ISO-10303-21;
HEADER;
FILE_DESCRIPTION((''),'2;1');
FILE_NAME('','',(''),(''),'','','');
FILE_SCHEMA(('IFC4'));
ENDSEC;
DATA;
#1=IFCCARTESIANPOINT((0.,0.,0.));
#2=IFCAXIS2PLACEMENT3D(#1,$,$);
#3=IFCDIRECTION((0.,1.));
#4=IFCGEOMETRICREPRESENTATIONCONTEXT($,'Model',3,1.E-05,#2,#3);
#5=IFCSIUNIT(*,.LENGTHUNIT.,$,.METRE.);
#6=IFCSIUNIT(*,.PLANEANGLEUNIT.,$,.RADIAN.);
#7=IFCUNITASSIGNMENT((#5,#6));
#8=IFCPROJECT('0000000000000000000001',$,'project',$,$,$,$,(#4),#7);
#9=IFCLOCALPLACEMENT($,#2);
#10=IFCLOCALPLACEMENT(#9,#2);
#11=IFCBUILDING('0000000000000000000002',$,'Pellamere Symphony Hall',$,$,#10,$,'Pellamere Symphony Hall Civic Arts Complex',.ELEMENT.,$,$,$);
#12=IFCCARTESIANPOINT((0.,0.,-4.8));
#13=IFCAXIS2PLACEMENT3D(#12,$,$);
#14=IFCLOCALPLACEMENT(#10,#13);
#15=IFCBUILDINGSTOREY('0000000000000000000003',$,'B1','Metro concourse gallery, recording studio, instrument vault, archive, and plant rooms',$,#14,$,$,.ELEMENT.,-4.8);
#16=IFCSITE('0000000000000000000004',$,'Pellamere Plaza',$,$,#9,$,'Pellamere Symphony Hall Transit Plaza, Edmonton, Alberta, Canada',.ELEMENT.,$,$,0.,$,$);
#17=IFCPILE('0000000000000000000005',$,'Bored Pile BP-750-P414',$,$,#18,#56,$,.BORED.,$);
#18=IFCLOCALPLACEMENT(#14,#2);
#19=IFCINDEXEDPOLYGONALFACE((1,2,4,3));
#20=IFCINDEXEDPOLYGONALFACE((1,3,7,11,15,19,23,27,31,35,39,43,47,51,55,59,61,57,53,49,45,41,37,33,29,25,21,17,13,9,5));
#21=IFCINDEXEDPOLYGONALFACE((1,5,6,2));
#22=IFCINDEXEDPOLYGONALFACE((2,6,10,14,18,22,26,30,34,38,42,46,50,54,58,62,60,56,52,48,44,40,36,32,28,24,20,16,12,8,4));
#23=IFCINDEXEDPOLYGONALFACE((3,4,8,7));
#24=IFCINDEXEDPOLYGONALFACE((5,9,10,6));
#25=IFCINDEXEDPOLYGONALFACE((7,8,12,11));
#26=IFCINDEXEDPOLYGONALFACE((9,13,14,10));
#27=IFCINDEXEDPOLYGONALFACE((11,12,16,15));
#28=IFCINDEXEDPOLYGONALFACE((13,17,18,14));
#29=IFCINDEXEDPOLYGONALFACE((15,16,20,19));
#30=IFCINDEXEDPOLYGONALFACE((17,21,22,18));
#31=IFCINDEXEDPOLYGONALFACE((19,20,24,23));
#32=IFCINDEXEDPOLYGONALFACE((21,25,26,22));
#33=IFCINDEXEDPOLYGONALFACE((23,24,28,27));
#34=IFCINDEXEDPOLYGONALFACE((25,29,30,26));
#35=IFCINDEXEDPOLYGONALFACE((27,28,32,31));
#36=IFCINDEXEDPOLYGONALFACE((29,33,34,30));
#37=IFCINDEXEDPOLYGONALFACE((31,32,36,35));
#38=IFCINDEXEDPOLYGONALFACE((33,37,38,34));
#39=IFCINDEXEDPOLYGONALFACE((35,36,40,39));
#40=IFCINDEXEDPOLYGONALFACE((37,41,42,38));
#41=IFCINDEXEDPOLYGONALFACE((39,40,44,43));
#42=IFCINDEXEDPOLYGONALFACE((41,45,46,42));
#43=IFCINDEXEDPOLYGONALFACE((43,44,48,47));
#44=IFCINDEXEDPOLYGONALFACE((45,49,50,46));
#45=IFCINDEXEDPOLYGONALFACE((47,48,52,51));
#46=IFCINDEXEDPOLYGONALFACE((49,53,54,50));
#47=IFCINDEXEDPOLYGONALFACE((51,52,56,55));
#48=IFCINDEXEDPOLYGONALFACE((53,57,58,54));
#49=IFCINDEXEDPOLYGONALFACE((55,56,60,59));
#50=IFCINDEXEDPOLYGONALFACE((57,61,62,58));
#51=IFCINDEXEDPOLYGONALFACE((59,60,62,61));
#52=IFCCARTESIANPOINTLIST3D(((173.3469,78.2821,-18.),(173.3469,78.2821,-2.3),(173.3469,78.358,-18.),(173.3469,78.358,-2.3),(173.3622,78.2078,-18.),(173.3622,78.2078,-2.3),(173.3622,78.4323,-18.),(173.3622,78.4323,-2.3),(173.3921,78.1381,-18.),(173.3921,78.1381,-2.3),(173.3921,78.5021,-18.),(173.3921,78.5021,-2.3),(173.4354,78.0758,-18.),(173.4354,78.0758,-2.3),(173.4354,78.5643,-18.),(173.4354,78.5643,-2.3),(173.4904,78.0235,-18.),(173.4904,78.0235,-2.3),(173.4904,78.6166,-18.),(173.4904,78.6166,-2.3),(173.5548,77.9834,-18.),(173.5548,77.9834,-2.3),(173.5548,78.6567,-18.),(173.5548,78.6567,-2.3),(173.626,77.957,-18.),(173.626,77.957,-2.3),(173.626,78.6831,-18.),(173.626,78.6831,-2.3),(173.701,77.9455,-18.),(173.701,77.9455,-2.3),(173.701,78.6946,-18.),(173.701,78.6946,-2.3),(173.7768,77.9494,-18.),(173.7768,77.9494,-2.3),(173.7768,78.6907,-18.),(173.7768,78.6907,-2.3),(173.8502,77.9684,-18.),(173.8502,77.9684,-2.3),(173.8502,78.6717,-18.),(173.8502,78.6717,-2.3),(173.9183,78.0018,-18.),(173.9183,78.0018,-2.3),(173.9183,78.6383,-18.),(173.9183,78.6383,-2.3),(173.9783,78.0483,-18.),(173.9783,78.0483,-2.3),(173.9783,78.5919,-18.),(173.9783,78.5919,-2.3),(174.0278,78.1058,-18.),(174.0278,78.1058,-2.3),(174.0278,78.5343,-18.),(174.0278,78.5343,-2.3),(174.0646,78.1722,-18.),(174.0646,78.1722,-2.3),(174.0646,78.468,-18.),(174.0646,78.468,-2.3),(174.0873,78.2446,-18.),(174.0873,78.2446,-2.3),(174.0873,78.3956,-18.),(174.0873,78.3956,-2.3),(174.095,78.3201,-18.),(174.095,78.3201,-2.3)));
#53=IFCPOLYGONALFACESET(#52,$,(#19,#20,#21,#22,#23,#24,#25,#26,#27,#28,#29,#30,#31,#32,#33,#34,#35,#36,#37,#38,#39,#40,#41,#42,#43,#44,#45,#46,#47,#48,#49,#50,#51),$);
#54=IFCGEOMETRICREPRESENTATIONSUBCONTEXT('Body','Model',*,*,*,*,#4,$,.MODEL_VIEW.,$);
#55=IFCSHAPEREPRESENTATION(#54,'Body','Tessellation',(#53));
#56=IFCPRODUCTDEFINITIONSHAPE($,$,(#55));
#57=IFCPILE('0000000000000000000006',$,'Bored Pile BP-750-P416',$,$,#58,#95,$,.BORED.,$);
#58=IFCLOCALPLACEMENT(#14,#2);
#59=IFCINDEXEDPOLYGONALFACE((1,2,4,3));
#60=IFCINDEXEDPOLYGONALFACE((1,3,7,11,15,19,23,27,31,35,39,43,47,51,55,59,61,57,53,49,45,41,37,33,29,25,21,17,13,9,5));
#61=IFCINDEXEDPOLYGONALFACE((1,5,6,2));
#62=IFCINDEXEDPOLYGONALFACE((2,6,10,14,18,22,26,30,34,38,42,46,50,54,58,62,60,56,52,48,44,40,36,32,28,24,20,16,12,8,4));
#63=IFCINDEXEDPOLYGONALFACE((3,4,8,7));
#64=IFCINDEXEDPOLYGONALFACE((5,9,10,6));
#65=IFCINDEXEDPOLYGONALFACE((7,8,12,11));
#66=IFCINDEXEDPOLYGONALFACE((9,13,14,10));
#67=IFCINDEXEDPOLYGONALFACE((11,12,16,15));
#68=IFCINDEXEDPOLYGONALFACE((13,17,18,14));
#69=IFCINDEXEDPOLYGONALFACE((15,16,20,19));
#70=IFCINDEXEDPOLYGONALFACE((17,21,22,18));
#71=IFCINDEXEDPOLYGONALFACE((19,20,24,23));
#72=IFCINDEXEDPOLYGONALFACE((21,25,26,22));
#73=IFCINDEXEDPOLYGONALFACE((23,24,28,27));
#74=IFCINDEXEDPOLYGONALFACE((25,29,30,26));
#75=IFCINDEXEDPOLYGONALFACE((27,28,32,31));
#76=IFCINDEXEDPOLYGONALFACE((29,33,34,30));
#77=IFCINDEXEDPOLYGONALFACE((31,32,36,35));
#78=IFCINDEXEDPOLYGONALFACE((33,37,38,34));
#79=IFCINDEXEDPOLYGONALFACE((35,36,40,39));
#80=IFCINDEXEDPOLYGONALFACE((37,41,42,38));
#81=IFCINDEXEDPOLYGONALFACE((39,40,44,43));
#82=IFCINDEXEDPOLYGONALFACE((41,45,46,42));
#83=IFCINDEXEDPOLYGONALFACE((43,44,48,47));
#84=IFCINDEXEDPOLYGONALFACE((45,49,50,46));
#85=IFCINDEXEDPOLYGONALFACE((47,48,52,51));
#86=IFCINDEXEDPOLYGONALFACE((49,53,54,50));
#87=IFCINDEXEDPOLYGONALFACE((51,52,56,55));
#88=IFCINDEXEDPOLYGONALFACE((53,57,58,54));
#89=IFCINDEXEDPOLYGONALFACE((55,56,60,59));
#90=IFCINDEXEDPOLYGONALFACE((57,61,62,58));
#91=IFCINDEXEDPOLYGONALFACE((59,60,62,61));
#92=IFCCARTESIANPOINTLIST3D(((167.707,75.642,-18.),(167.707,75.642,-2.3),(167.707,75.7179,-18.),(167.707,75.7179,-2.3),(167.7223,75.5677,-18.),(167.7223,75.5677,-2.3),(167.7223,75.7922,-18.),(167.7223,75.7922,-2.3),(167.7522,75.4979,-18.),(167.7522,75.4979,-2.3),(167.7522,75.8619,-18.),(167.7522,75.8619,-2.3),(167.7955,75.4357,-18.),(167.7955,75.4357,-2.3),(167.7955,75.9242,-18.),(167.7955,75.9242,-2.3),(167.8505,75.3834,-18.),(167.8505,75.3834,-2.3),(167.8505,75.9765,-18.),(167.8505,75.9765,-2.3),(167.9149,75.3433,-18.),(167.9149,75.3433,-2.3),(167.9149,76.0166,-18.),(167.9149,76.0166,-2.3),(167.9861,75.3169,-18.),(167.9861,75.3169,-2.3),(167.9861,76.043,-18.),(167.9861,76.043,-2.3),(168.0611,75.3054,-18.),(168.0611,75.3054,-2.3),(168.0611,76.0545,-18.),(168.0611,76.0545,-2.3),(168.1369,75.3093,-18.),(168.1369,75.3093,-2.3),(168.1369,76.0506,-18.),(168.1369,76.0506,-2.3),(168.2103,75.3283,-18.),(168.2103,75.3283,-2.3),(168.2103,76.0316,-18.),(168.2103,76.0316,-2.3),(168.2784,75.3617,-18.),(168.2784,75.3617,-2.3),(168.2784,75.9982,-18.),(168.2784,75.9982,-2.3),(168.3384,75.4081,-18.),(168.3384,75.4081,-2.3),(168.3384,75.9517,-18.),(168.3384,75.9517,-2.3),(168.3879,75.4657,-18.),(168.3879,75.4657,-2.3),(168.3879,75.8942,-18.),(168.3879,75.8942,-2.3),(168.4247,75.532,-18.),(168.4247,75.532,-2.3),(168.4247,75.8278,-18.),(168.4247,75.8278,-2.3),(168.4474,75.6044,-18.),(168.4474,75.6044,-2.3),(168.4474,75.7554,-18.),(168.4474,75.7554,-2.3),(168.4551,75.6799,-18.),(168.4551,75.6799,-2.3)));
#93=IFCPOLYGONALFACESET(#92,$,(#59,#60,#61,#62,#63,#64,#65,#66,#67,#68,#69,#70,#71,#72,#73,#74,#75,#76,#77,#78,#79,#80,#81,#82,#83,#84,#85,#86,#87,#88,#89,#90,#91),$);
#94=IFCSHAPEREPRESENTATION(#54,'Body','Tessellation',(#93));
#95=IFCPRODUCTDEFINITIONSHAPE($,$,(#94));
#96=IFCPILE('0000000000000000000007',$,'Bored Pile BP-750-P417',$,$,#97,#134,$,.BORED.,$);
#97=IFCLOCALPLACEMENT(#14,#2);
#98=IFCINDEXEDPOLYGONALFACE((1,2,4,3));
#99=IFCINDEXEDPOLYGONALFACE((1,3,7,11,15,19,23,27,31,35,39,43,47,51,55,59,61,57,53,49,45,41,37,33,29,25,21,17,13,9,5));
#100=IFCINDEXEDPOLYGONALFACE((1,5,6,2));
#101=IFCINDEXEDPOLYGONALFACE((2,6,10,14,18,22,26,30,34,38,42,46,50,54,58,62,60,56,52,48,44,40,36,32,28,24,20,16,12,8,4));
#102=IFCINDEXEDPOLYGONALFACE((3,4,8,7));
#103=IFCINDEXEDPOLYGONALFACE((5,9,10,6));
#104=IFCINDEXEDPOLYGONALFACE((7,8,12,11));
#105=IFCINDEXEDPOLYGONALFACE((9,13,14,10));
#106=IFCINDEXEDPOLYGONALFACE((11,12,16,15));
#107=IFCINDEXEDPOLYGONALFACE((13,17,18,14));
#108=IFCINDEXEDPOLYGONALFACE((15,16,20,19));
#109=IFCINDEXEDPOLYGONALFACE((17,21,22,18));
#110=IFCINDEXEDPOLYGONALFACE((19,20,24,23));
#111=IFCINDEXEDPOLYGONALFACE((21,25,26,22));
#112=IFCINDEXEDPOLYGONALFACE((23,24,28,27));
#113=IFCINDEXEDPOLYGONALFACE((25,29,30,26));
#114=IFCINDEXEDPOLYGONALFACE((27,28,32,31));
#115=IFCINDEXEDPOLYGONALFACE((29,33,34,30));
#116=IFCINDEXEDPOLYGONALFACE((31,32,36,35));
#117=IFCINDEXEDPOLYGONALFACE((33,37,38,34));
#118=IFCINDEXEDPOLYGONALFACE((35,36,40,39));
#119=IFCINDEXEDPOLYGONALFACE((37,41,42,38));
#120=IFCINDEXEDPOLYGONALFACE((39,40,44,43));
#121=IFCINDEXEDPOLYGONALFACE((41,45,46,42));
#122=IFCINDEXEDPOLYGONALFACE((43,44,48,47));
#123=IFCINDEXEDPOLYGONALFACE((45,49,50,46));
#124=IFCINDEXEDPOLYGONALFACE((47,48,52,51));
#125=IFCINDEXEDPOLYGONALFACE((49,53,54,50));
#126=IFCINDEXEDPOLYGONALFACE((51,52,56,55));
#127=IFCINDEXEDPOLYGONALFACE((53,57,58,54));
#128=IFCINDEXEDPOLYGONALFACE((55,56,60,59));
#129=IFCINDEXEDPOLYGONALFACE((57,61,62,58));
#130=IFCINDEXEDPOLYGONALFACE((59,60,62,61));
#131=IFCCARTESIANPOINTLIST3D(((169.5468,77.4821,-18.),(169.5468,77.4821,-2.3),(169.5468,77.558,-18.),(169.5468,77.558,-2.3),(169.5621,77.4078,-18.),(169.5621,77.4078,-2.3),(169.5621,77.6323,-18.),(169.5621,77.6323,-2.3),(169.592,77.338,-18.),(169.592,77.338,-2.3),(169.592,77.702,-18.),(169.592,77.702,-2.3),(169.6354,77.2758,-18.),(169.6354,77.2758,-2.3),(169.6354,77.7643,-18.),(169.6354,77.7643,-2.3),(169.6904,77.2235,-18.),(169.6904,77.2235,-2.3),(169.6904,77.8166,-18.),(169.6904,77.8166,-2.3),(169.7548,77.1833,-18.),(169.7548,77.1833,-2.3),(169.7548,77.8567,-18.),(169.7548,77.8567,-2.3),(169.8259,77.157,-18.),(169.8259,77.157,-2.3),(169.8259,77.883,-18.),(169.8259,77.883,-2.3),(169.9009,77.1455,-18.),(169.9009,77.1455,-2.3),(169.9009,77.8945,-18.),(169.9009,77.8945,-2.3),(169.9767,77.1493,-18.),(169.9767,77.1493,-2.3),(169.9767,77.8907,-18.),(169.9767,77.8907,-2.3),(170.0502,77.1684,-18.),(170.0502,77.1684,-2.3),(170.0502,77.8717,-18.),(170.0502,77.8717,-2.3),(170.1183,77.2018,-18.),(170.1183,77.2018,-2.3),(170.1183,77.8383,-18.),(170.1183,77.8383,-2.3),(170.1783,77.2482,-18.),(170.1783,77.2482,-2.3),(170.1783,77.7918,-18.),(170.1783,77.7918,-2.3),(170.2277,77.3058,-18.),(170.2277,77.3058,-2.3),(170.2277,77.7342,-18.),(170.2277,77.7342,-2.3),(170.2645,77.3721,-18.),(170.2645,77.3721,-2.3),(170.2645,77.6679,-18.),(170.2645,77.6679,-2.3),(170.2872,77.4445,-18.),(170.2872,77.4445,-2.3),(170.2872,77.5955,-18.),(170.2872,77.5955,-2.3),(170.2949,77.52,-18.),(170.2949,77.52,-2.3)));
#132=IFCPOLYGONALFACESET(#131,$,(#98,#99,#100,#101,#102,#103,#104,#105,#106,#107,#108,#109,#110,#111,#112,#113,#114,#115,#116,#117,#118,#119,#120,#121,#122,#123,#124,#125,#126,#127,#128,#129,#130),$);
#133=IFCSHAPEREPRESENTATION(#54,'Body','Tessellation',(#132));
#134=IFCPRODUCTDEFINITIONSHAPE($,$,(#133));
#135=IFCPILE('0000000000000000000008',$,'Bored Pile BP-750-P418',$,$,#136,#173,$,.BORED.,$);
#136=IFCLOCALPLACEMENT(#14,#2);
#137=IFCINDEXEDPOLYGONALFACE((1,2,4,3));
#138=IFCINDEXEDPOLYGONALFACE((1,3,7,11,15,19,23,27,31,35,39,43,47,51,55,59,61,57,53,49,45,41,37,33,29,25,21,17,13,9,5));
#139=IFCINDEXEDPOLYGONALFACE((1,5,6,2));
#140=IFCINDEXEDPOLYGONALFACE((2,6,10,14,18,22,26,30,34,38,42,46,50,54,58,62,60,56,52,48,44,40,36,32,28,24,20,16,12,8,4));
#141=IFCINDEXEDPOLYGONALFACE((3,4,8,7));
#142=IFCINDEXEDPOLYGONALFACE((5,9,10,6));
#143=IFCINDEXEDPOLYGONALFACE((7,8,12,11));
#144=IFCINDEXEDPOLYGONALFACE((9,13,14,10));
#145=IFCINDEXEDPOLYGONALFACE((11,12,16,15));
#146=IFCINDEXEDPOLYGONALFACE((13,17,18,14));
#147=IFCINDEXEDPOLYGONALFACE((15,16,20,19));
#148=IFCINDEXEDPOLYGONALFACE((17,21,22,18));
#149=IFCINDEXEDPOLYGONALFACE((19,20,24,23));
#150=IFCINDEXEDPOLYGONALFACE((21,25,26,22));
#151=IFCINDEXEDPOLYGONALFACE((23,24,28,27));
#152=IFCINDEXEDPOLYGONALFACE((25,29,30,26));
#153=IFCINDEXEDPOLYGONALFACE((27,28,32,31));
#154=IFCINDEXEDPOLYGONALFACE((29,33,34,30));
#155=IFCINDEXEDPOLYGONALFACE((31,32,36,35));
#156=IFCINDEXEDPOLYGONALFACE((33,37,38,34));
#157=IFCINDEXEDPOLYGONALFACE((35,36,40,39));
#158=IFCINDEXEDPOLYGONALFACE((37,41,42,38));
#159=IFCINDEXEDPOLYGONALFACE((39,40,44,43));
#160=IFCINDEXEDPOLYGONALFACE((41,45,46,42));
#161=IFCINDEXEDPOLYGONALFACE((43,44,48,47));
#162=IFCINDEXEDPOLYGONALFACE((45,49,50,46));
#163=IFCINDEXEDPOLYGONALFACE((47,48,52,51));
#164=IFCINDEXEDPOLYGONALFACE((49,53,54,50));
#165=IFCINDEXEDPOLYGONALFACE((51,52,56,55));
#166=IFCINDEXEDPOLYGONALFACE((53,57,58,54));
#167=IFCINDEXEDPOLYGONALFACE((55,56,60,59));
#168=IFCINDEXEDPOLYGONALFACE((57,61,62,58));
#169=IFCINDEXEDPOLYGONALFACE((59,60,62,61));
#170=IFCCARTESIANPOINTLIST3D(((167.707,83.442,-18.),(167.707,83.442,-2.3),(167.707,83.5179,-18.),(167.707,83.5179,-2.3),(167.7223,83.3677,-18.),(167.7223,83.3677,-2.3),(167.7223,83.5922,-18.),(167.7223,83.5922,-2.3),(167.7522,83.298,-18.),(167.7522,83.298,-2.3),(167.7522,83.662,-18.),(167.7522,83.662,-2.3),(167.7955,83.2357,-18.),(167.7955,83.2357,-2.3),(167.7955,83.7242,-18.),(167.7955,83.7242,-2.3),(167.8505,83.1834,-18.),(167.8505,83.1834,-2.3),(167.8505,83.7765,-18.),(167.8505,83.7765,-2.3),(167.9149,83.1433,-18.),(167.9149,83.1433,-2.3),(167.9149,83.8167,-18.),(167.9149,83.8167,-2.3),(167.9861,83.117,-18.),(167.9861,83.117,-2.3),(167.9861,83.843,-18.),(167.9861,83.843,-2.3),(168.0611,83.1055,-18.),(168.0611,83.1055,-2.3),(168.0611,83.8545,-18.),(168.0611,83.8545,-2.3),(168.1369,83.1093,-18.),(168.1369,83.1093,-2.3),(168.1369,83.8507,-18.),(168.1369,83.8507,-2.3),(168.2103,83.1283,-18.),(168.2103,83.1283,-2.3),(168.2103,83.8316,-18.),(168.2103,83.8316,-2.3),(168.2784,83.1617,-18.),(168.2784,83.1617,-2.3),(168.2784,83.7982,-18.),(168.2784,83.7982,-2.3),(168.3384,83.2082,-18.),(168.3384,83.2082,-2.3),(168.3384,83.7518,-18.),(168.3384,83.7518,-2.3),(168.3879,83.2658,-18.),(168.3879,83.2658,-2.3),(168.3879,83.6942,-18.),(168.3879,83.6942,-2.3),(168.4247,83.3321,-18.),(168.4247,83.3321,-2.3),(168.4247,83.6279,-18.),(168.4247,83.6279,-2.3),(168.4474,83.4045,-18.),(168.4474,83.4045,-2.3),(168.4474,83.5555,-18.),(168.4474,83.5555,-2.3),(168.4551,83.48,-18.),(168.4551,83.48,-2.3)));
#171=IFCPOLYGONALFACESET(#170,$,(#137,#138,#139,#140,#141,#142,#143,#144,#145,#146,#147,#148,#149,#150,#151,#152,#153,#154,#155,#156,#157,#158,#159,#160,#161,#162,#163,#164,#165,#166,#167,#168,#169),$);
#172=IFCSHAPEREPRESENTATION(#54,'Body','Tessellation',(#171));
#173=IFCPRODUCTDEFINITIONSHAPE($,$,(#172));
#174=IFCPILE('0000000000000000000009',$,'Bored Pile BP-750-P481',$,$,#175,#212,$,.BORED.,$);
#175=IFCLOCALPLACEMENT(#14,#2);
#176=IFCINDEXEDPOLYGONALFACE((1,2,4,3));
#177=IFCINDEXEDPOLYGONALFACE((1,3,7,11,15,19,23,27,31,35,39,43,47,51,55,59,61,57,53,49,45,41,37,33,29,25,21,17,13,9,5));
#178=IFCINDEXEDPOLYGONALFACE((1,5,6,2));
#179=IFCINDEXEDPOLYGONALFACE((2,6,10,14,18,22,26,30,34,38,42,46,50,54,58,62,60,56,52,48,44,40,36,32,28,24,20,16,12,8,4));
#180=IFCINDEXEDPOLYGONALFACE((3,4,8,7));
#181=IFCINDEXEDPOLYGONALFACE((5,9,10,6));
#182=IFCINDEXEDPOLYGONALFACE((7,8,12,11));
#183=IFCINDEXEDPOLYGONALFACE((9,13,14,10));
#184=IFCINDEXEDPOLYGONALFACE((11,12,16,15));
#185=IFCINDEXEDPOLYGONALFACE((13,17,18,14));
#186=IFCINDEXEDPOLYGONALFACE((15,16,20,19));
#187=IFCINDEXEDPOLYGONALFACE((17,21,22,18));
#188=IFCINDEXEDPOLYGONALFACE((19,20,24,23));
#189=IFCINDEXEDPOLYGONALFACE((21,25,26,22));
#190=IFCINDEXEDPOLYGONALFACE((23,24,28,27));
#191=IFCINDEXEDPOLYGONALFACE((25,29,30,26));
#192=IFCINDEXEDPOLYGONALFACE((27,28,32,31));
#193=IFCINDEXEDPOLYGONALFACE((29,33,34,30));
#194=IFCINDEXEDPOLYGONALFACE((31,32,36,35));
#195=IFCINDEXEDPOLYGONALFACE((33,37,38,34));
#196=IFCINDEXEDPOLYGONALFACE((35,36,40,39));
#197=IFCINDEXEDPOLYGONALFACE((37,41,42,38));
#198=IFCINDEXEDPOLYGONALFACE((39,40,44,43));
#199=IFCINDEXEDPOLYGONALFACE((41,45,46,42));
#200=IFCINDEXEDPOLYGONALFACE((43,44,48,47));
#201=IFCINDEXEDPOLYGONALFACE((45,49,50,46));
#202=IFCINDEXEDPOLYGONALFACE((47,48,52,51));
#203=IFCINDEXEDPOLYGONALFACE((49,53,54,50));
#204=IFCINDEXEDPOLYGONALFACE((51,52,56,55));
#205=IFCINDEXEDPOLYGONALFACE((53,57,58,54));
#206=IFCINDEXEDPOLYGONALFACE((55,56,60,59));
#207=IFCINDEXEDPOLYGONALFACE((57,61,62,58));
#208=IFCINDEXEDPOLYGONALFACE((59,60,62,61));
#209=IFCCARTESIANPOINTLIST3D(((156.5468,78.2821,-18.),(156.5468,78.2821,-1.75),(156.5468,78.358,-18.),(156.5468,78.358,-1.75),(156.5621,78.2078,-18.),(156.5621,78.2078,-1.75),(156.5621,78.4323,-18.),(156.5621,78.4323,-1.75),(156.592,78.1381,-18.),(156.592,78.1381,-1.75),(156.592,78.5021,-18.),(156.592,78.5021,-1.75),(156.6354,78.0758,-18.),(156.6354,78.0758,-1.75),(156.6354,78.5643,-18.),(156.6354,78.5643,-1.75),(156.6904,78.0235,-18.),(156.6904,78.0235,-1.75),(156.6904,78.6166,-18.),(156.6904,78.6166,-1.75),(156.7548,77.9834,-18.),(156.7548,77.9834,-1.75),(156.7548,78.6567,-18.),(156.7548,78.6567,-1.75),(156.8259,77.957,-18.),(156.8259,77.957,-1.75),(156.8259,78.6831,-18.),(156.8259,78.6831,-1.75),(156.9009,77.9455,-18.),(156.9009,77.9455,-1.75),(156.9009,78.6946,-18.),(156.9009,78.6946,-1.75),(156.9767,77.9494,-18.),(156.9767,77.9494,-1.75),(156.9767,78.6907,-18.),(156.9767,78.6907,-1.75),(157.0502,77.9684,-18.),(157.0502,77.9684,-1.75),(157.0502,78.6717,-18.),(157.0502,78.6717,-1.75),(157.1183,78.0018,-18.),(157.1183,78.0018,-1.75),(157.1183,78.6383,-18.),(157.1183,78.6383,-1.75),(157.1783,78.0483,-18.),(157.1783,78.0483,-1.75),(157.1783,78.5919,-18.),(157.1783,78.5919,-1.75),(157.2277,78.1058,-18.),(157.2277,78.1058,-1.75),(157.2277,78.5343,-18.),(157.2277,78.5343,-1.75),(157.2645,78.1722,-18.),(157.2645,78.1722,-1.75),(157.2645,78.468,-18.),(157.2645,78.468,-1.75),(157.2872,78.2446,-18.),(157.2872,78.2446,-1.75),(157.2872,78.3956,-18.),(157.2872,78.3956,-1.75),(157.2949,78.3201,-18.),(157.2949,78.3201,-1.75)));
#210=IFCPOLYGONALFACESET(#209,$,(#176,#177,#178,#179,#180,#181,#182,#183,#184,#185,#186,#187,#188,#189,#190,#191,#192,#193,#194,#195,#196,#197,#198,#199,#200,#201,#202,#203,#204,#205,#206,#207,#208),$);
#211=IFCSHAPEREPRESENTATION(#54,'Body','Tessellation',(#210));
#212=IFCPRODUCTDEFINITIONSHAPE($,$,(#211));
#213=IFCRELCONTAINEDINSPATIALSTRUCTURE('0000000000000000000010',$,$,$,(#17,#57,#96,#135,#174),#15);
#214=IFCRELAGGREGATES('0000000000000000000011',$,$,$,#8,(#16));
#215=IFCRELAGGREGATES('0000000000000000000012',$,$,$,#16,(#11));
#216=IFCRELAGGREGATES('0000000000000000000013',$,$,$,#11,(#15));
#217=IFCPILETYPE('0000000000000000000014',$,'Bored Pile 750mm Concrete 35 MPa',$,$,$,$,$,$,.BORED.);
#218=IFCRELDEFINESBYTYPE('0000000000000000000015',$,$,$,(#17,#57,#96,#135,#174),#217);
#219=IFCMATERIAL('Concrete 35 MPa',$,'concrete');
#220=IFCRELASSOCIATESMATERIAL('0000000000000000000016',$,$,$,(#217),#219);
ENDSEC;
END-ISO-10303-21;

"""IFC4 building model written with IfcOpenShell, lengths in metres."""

from ifc_helpers import new_model, si_unit, direction, frame, origin, origin_2d, place, context, subcontext, project, spatial, circle, extrude, material, material_profile, profile_set, type_object, element, save


model = new_model("IFC4")

# Units and contexts
model_context = context("Model", 3, precision=1e-05, world=origin(), true_north=direction((0.0, 1.0)))
body_context = subcontext(model_context, "Body", "Model", "MODEL_VIEW")
ifc_project = project(units=[si_unit("LENGTHUNIT", "METRE"), si_unit("PLANEANGLEUNIT", "RADIAN")], contexts=[model_context])

# Site, building, storey
site_placement = place(None, origin())
site = spatial("IfcSite", under=ifc_project, at=site_placement, Name="Pellamere Plaza", LongName="Pellamere Symphony Hall Transit Plaza, Edmonton, Alberta, Canada", CompositionType="ELEMENT", RefElevation=0.0)
building_placement = place(site_placement, origin())
building = spatial("IfcBuilding", under=site, at=building_placement, Name="Pellamere Symphony Hall", LongName="Pellamere Symphony Hall Civic Arts Complex", CompositionType="ELEMENT")
storey_placement = place(building_placement, frame((0.0, 0.0, -4.8)))
storey = spatial("IfcBuildingStorey", under=building, at=storey_placement, Name="B1", Description="Metro concourse gallery, recording studio, instrument vault, archive, and plant rooms", CompositionType="ELEMENT", Elevation=-4.8)

# Piles
ifc_material_1 = material(Name="Concrete 35 MPa", Category="concrete")
ifc_material_profile_1 = material_profile(ifc_material_1, circle(Radius=0.375, at=origin_2d()), Name="PILE D750")
ifc_profile_set_1 = profile_set([ifc_material_profile_1], Name="Concrete 35 MPa")
pile_type_1 = type_object("IfcPileType", Name="Bored Pile 750mm Concrete 35 MPa", PredefinedType="BORED", material=ifc_profile_set_1)
for number, where, z_axis, x_axis, name in (
    (1, (173.72, 78.3201, -2.3), (0.0, 0.0, -1.0), (1.0, 0.0, 0.0), "Bored Pile BP-750-P414"),
    (2, (168.0801, 75.6799, -2.3), (0.0, 0.0, -1.0), (1.0, 0.0, 0.0), "Bored Pile BP-750-P416"),
    (3, (169.9199, 77.52, -2.3), (0.0, 0.0, -1.0), (1.0, 0.0, 0.0), "Bored Pile BP-750-P417"),
    (4, (168.0801, 83.48, -2.3), (0.0, 0.0, -1.0), (1.0, 0.0, 0.0), "Bored Pile BP-750-P418"),
):
    element("IfcPile", number, at=place(storey_placement, frame(where, z_axis=z_axis, x_axis=x_axis)), inside=storey, type_object=pile_type_1, Name=name, PredefinedType="BORED", context=body_context, shape_type="SweptSolid", body=[
        extrude(circle(Radius=0.375, at=origin_2d()), origin(), (0.0, 0.0, 1.0), 15.7),
    ])
pile_placement = place(storey_placement, frame((156.9199, 78.3201, -1.75), z_axis=(0.0, 0.0, -1.0), x_axis=(1.0, 0.0, 0.0)))
element("IfcPile", 5, at=pile_placement, inside=storey, type_object=pile_type_1, Name="Bored Pile BP-750-P481", PredefinedType="BORED", context=body_context, shape_type="SweptSolid", body=[
    extrude(circle(Radius=0.375, at=origin_2d()), origin(), (0.0, 0.0, 1.0), 16.25),
])

save(model, "model.ifc")
